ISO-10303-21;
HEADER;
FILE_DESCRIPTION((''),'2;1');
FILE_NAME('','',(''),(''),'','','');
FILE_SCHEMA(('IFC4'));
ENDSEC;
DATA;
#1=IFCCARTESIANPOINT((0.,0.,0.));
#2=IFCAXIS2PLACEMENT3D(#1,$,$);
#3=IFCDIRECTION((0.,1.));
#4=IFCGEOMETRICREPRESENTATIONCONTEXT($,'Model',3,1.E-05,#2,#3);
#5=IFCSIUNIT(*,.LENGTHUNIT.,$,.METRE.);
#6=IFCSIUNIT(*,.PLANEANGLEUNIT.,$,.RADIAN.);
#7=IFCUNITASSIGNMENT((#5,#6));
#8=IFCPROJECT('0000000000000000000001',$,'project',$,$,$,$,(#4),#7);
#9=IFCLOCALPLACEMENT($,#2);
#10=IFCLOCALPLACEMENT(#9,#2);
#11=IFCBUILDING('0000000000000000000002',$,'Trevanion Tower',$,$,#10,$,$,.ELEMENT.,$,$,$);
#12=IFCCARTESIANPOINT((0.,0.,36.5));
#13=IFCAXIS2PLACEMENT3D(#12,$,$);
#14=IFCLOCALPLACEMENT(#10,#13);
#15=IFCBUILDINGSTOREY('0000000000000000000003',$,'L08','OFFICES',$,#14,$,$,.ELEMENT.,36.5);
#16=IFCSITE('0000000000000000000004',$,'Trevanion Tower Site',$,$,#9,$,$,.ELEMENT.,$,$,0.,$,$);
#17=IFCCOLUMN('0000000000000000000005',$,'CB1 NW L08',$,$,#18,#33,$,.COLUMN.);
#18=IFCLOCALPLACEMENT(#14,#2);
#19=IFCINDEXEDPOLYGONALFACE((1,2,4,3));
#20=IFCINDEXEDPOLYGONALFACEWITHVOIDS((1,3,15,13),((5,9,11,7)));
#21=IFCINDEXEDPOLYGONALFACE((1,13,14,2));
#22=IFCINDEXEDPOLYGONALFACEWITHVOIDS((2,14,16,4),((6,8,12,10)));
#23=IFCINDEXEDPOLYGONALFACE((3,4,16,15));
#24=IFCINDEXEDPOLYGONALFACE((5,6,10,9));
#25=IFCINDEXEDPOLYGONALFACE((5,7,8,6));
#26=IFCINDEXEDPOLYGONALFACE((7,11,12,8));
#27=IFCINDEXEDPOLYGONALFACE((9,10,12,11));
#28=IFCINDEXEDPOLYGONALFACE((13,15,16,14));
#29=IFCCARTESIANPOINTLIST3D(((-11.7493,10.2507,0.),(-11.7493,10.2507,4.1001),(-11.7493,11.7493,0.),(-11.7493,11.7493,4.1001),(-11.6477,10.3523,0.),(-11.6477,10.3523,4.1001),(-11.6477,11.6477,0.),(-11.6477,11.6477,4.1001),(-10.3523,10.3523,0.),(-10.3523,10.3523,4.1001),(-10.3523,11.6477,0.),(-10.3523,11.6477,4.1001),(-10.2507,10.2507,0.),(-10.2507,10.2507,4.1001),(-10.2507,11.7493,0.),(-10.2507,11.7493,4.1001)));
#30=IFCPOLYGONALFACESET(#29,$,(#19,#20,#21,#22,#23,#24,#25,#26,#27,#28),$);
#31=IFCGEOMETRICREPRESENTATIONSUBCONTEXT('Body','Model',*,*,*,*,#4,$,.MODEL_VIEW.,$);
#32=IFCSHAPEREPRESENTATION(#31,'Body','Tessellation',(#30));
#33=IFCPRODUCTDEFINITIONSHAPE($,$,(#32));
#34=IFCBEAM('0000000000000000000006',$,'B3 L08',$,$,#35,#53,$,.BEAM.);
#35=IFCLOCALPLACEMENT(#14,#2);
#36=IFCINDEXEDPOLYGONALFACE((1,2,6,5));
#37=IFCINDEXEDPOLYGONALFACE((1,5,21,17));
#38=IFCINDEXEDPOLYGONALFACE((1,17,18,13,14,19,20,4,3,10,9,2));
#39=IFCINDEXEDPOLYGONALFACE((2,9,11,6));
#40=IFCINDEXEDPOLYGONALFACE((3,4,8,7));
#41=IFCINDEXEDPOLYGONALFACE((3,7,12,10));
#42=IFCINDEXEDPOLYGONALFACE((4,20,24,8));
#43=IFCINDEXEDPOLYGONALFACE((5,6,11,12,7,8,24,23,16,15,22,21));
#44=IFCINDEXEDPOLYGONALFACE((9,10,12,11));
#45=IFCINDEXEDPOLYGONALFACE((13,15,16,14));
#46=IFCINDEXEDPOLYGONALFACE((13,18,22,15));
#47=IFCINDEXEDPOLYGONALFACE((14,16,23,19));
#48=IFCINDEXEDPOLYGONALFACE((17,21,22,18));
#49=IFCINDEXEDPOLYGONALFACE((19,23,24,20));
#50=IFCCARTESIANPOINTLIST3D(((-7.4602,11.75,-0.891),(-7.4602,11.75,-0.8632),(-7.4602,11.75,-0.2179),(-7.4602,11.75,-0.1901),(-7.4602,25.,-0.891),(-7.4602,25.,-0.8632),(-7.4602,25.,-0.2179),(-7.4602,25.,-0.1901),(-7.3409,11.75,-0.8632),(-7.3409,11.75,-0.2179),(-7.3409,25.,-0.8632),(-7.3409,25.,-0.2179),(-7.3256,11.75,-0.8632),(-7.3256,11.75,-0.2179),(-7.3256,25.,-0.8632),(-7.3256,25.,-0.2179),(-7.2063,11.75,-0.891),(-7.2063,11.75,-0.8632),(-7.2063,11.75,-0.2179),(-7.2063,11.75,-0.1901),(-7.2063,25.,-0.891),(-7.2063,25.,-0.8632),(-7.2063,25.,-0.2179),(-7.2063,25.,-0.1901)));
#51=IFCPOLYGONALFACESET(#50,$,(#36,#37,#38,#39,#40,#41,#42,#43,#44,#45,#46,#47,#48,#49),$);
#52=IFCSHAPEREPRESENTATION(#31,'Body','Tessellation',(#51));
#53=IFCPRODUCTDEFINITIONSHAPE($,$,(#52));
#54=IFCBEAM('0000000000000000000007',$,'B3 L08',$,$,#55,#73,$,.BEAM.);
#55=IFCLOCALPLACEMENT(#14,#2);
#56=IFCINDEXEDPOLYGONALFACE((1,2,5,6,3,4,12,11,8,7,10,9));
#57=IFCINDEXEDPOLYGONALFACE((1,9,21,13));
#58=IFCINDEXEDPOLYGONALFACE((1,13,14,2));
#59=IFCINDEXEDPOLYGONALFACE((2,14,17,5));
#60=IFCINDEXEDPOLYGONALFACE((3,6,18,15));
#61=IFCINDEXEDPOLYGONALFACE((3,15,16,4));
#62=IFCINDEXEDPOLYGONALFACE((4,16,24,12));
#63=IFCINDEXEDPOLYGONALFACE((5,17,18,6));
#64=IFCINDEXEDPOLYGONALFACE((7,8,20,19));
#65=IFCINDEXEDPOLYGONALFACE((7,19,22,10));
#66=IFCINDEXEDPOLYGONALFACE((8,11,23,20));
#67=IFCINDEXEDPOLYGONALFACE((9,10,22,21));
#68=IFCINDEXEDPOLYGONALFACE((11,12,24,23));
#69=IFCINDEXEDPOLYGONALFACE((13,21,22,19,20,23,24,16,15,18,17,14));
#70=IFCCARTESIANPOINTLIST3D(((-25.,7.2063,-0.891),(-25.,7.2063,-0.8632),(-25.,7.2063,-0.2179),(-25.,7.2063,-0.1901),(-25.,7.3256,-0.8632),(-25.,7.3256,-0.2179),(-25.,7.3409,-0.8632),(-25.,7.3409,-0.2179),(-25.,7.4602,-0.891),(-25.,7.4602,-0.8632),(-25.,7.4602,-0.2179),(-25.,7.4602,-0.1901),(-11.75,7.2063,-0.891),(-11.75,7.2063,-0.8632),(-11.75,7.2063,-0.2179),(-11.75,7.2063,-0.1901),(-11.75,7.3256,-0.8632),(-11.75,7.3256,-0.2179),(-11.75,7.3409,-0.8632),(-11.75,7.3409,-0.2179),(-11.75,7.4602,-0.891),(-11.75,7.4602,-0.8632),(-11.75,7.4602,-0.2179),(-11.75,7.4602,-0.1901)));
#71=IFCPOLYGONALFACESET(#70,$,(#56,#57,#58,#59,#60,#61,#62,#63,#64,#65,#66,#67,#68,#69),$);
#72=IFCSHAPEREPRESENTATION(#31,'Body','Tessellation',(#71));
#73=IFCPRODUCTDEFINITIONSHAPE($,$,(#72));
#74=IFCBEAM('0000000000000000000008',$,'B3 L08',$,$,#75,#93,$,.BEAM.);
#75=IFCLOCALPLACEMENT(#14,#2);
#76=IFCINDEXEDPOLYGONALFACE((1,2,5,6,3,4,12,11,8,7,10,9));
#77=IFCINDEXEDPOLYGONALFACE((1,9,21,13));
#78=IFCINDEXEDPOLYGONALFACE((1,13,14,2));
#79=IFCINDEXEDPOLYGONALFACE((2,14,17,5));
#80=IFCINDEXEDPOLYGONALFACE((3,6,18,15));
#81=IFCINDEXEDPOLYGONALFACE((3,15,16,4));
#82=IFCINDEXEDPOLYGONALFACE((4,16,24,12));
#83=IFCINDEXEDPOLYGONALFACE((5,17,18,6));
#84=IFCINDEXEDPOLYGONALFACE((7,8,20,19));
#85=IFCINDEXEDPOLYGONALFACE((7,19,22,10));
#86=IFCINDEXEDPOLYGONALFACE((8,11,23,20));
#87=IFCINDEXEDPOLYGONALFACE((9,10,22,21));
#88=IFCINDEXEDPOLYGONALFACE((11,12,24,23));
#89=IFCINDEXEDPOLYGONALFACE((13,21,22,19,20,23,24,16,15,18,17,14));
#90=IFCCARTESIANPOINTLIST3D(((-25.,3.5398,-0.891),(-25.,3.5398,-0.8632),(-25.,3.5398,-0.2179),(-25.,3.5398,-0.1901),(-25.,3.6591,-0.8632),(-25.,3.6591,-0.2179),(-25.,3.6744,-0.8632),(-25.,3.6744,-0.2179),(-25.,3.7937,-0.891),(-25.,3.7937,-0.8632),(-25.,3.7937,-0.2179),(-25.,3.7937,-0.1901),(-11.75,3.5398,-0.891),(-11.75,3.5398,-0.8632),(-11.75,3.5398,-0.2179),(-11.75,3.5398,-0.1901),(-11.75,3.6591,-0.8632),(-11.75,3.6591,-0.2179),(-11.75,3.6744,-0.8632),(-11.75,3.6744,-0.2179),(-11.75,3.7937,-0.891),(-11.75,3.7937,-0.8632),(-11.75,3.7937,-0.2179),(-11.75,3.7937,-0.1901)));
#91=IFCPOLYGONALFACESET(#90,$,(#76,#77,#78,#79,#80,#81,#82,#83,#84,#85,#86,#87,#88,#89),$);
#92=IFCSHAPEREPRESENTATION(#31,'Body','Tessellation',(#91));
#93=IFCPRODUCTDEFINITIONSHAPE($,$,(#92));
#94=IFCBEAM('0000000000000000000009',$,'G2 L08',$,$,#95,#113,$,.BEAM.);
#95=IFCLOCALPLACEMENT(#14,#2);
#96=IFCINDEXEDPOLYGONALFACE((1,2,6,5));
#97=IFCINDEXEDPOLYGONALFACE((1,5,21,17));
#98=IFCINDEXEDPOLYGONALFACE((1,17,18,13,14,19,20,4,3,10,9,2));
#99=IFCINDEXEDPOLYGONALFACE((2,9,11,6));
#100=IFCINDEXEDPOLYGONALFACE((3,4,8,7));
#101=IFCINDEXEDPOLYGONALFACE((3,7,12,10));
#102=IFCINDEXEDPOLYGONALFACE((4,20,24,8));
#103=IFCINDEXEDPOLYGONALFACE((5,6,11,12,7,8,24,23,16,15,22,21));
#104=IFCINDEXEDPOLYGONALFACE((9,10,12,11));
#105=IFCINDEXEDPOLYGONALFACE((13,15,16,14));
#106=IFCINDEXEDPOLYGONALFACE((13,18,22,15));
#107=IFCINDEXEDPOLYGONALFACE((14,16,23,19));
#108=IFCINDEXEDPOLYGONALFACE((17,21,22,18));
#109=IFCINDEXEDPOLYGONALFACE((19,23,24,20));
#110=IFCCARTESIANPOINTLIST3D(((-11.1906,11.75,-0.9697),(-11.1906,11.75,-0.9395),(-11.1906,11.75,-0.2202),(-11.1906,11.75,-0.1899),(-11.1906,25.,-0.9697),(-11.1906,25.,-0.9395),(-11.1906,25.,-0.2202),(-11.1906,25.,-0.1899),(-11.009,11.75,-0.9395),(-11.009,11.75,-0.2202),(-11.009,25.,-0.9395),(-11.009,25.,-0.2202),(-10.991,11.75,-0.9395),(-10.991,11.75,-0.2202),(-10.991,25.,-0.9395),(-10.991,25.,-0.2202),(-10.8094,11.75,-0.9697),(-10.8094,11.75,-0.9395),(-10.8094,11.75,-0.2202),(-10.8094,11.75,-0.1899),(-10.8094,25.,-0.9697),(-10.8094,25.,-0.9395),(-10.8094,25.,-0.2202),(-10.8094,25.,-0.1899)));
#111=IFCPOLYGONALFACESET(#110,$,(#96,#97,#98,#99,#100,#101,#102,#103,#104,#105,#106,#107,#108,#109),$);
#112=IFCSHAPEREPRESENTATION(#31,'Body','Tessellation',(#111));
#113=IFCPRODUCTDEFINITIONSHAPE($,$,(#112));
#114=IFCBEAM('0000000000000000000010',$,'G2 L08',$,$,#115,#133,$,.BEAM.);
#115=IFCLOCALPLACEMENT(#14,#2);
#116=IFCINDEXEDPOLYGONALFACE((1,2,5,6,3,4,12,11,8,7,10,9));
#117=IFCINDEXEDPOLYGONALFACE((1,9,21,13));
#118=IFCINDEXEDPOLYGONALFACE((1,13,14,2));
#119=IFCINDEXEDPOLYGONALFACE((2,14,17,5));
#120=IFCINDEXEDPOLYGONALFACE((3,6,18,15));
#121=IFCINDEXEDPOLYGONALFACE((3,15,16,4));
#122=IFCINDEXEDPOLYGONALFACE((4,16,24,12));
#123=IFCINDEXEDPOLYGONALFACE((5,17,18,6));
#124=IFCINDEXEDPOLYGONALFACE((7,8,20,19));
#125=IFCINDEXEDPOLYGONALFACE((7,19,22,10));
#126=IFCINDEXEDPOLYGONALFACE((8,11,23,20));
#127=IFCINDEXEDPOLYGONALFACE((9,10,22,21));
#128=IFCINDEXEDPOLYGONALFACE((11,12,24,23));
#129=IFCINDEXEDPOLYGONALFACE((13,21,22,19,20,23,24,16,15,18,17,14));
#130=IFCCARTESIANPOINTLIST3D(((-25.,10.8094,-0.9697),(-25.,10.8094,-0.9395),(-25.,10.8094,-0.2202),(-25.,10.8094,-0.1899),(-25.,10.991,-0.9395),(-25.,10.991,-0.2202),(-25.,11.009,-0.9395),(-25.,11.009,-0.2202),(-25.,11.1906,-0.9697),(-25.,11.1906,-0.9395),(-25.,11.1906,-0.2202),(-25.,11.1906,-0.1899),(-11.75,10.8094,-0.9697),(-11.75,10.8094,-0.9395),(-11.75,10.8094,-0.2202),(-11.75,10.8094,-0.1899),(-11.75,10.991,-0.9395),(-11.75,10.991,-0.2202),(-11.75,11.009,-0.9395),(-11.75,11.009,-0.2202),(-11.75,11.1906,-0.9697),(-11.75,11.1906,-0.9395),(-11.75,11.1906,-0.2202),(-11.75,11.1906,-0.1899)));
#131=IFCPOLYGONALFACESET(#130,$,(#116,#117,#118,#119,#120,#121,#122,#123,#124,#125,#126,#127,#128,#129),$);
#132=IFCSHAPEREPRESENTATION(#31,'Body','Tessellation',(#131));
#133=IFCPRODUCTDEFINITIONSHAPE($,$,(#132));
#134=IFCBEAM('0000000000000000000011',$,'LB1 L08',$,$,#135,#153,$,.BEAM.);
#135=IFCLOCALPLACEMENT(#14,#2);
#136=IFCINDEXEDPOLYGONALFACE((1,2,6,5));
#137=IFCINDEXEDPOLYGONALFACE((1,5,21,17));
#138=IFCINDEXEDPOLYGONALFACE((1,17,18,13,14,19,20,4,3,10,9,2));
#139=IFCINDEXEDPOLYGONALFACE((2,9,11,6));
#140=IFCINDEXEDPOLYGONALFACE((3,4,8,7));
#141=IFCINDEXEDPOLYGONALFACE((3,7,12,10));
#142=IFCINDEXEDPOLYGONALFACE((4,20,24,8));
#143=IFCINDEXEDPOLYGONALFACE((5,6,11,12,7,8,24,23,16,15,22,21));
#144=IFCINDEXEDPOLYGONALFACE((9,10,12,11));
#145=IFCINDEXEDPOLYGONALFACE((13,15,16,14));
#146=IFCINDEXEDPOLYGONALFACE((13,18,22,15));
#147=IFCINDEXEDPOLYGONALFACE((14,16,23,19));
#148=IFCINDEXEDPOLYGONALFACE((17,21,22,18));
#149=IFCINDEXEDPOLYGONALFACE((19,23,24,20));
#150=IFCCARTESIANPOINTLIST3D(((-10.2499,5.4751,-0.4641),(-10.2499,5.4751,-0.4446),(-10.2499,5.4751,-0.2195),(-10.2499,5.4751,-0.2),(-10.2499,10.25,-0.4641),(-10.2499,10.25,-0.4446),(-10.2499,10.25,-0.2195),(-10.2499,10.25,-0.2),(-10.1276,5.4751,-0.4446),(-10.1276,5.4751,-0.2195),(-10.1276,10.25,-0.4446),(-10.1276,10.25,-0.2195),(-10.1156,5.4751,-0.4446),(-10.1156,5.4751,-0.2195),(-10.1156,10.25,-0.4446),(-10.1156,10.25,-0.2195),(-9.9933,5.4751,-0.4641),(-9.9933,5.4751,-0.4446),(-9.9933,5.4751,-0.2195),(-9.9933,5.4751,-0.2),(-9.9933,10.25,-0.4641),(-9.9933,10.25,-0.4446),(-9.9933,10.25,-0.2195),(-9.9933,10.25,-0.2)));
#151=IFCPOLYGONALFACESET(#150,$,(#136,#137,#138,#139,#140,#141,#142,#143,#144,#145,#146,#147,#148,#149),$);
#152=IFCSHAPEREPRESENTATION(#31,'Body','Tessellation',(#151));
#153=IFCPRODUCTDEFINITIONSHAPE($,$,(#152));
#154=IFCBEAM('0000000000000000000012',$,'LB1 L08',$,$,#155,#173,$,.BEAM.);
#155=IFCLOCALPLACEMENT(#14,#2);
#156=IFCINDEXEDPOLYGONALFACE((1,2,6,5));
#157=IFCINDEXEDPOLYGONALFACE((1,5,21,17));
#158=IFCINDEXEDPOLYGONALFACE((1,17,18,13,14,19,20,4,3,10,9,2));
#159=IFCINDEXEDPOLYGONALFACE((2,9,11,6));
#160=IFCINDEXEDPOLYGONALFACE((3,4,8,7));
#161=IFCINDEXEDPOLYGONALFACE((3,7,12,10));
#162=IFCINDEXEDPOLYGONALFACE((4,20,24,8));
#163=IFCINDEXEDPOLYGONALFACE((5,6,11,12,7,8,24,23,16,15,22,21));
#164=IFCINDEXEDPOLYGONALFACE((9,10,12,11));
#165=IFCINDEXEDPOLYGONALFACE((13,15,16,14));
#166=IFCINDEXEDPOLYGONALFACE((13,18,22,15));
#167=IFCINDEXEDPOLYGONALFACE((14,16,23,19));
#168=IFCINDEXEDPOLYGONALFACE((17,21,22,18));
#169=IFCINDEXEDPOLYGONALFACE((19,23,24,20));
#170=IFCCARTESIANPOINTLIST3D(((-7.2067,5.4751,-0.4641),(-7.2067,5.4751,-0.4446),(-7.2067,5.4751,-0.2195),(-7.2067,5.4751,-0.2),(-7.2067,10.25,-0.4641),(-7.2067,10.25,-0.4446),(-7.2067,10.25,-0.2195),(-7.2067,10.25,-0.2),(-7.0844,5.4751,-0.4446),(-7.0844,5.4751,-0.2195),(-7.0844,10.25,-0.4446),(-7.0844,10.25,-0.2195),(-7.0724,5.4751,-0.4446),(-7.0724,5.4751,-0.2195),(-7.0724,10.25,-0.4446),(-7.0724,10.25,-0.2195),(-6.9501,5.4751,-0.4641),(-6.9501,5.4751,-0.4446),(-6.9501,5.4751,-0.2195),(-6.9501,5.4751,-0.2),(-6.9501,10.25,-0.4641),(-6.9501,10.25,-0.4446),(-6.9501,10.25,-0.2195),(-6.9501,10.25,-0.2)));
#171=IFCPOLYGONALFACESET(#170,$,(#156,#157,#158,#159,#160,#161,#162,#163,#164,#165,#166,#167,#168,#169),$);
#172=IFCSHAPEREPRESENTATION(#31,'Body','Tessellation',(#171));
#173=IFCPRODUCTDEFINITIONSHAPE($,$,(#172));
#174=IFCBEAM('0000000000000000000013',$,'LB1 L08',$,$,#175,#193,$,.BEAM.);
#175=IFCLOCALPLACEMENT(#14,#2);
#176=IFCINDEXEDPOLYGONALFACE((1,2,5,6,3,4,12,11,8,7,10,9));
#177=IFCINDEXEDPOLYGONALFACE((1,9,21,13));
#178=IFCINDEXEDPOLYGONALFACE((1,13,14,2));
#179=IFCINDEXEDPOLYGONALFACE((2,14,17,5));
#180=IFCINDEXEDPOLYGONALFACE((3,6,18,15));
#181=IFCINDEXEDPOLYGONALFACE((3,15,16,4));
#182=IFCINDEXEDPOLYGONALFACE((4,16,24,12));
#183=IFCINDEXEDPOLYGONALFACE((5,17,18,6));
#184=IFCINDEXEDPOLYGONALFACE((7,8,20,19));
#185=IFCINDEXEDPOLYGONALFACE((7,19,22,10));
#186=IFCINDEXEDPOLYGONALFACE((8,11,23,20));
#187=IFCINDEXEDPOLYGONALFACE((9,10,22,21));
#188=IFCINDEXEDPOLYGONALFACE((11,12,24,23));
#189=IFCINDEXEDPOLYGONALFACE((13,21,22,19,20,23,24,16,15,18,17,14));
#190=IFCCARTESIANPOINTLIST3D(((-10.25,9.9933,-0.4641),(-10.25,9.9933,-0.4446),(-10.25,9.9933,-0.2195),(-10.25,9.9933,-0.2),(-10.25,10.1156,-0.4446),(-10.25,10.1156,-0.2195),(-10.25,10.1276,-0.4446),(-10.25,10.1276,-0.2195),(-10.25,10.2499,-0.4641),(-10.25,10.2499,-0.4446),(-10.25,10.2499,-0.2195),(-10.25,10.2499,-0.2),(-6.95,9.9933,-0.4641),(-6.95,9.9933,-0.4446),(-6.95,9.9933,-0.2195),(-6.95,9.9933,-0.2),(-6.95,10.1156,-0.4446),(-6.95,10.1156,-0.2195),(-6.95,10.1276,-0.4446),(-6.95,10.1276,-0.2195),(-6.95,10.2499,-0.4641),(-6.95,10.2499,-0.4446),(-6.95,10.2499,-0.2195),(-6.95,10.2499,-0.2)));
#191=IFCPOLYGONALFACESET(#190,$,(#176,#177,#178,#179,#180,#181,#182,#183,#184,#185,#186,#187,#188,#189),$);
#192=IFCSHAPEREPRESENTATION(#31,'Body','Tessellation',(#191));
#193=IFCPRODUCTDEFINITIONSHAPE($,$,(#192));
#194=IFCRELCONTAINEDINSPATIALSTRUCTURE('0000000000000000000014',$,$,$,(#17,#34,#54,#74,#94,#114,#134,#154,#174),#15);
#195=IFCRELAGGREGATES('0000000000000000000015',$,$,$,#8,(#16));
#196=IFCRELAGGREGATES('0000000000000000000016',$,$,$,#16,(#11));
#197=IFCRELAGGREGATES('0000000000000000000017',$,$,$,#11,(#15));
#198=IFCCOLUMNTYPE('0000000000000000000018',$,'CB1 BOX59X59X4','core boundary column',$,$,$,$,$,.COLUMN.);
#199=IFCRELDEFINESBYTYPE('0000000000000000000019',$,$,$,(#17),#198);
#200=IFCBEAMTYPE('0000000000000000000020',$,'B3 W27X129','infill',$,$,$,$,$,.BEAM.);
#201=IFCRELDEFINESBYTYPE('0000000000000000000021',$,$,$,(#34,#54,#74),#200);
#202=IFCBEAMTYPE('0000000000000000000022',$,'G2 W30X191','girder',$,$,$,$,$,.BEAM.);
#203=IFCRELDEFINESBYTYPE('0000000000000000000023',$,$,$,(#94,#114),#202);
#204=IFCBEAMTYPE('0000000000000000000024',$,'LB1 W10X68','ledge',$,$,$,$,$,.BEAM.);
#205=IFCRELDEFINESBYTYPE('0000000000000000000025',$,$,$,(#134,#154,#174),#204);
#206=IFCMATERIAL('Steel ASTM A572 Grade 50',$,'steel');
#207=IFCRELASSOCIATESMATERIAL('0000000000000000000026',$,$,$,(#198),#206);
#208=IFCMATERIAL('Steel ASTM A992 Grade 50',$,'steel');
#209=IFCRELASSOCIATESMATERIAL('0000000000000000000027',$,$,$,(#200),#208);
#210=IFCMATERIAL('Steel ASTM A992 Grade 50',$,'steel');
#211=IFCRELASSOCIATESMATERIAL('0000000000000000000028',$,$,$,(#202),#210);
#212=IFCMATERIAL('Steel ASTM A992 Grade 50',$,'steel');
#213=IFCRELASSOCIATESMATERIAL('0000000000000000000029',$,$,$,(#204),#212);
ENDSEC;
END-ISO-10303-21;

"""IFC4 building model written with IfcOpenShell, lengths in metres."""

from ifc_helpers import new_model, si_unit, direction, frame, origin, origin_2d, place, context, subcontext, project, spatial, hollow_rectangle, i_section, extrude, material, material_profile, profile_set, type_object, element, save


model = new_model("IFC4")

# Units and contexts
model_context = context("Model", 3, precision=1e-05, world=origin(), true_north=direction((0.0, 1.0)))
body_context = subcontext(model_context, "Body", "Model", "MODEL_VIEW")
ifc_project = project(units=[si_unit("LENGTHUNIT", "METRE"), si_unit("PLANEANGLEUNIT", "RADIAN")], contexts=[model_context])

# Site, building, storey
site_placement = place(None, origin())
site = spatial("IfcSite", under=ifc_project, at=site_placement, Name="Trevanion Tower Site", CompositionType="ELEMENT", RefElevation=0.0)
building_placement = place(site_placement, origin())
building = spatial("IfcBuilding", under=site, at=building_placement, Name="Trevanion Tower", CompositionType="ELEMENT")
storey_placement = place(building_placement, frame((0.0, 0.0, 36.5)))
storey = spatial("IfcBuildingStorey", under=building, at=storey_placement, Name="L08", Description="OFFICES", CompositionType="ELEMENT", Elevation=36.5)

# Column
ifc_material_1 = material(Name="Steel ASTM A572 Grade 50", Category="steel")
ifc_material_profile_1 = material_profile(ifc_material_1, hollow_rectangle(XDim=1.4985, YDim=1.4985, WallThickness=0.1016, at=origin_2d()), Name="BOX59X59X4")
ifc_profile_set_1 = profile_set([ifc_material_profile_1], Name="Steel ASTM A572 Grade 50")
column_type = type_object("IfcColumnType", Name="CB1 BOX59X59X4", Description="core boundary column", PredefinedType="COLUMN", material=ifc_profile_set_1)
column_placement = place(storey_placement, frame((-11.0, 11.0, 0.0), z_axis=(0.0, 0.0, 1.0), x_axis=(1.0, 0.0, 0.0)))
element("IfcColumn", 1, at=column_placement, inside=storey, type_object=column_type, Name="CB1 NW L08", PredefinedType="COLUMN", context=body_context, shape_type="SweptSolid", body=[
    extrude(hollow_rectangle(XDim=1.4985, YDim=1.4985, WallThickness=0.1016, at=origin_2d()), origin(), (0.0, 0.0, 1.0), 4.1001),
])

# Beams
ifc_material_2 = material(Name="Steel ASTM A992 Grade 50", Category="steel")
ifc_material_profile_2 = material_profile(ifc_material_2, i_section(OverallWidth=0.2539, OverallDepth=0.7009, WebThickness=0.0154, FlangeThickness=0.0278, at=origin_2d()), Name="W27X129")
ifc_profile_set_2 = profile_set([ifc_material_profile_2], Name="Steel ASTM A992 Grade 50")
beam_type_1 = type_object("IfcBeamType", Name="B3 W27X129", Description="infill", PredefinedType="BEAM", material=ifc_profile_set_2)
for number, where, z_axis, x_axis, name in (
    (2, (-7.3333, 11.75, -0.5405), (0.0, 1.0, 0.0), (-1.0, 0.0, 0.0), "B3 L08"),
    (3, (-11.75, 7.3333, -0.5405), (-1.0, 0.0, 0.0), (0.0, -1.0, 0.0), "B3 L08"),
    (4, (-11.75, 3.6667, -0.5405), (-1.0, 0.0, 0.0), (0.0, -1.0, 0.0), "B3 L08"),
):
    element("IfcBeam", number, at=place(storey_placement, frame(where, z_axis=z_axis, x_axis=x_axis)), inside=storey, type_object=beam_type_1, Name=name, PredefinedType="BEAM", context=body_context, shape_type="SweptSolid", body=[
        extrude(i_section(OverallWidth=0.2539, OverallDepth=0.7009, WebThickness=0.0154, FlangeThickness=0.0278, at=origin_2d()), origin(), (0.0, 0.0, 1.0), 13.25),
    ])
ifc_material_3 = material(Name="Steel ASTM A992 Grade 50", Category="steel")
ifc_material_profile_3 = material_profile(ifc_material_3, i_section(OverallWidth=0.3811, OverallDepth=0.7798, WebThickness=0.0181, FlangeThickness=0.0303, at=origin_2d()), Name="W30X191")
ifc_profile_set_3 = profile_set([ifc_material_profile_3], Name="Steel ASTM A992 Grade 50")
beam_type_2 = type_object("IfcBeamType", Name="G2 W30X191", Description="girder", PredefinedType="BEAM", material=ifc_profile_set_3)
for number, where, z_axis, x_axis, name in (
    (5, (-11.0, 11.75, -0.5798), (0.0, 1.0, 0.0), (-1.0, 0.0, 0.0), "G2 L08"),
    (6, (-11.75, 11.0, -0.5798), (-1.0, 0.0, 0.0), (0.0, -1.0, 0.0), "G2 L08"),
):
    element("IfcBeam", number, at=place(storey_placement, frame(where, z_axis=z_axis, x_axis=x_axis)), inside=storey, type_object=beam_type_2, Name=name, PredefinedType="BEAM", context=body_context, shape_type="SweptSolid", body=[
        extrude(i_section(OverallWidth=0.3811, OverallDepth=0.7798, WebThickness=0.0181, FlangeThickness=0.0303, at=origin_2d()), origin(), (0.0, 0.0, 1.0), 13.25),
    ])
ifc_material_4 = material(Name="Steel ASTM A992 Grade 50", Category="steel")
ifc_material_profile_4 = material_profile(ifc_material_4, i_section(OverallWidth=0.2566, OverallDepth=0.2642, WebThickness=0.012, FlangeThickness=0.0195, at=origin_2d()), Name="W10X68")
ifc_profile_set_4 = profile_set([ifc_material_profile_4], Name="Steel ASTM A992 Grade 50")
beam_type_3 = type_object("IfcBeamType", Name="LB1 W10X68", Description="ledge", PredefinedType="BEAM", material=ifc_profile_set_4)
for number, where, z_axis, x_axis, name in (
    (7, (-10.1216, 5.4751, -0.332), (0.0, 1.0, 0.0), (-1.0, 0.0, 0.0), "LB1 L08"),
    (8, (-7.0784, 5.4751, -0.332), (0.0, 1.0, 0.0), (-1.0, 0.0, 0.0), "LB1 L08"),
):
    element("IfcBeam", number, at=place(storey_placement, frame(where, z_axis=z_axis, x_axis=x_axis)), inside=storey, type_object=beam_type_3, Name=name, PredefinedType="BEAM", context=body_context, shape_type="SweptSolid", body=[
        extrude(i_section(OverallWidth=0.2566, OverallDepth=0.2642, WebThickness=0.012, FlangeThickness=0.0195, at=origin_2d()), origin(), (0.0, 0.0, 1.0), 4.7749),
    ])
beam_placement = place(storey_placement, frame((-10.25, 10.1216, -0.332), z_axis=(1.0, 0.0, 0.0), x_axis=(0.0, 1.0, 0.0)))
element("IfcBeam", 9, at=beam_placement, inside=storey, type_object=beam_type_3, Name="LB1 L08", PredefinedType="BEAM", context=body_context, shape_type="SweptSolid", body=[
    extrude(i_section(OverallWidth=0.2566, OverallDepth=0.2642, WebThickness=0.012, FlangeThickness=0.0195, at=origin_2d()), origin(), (0.0, 0.0, 1.0), 3.3),
])

save(model, "model.ifc")
